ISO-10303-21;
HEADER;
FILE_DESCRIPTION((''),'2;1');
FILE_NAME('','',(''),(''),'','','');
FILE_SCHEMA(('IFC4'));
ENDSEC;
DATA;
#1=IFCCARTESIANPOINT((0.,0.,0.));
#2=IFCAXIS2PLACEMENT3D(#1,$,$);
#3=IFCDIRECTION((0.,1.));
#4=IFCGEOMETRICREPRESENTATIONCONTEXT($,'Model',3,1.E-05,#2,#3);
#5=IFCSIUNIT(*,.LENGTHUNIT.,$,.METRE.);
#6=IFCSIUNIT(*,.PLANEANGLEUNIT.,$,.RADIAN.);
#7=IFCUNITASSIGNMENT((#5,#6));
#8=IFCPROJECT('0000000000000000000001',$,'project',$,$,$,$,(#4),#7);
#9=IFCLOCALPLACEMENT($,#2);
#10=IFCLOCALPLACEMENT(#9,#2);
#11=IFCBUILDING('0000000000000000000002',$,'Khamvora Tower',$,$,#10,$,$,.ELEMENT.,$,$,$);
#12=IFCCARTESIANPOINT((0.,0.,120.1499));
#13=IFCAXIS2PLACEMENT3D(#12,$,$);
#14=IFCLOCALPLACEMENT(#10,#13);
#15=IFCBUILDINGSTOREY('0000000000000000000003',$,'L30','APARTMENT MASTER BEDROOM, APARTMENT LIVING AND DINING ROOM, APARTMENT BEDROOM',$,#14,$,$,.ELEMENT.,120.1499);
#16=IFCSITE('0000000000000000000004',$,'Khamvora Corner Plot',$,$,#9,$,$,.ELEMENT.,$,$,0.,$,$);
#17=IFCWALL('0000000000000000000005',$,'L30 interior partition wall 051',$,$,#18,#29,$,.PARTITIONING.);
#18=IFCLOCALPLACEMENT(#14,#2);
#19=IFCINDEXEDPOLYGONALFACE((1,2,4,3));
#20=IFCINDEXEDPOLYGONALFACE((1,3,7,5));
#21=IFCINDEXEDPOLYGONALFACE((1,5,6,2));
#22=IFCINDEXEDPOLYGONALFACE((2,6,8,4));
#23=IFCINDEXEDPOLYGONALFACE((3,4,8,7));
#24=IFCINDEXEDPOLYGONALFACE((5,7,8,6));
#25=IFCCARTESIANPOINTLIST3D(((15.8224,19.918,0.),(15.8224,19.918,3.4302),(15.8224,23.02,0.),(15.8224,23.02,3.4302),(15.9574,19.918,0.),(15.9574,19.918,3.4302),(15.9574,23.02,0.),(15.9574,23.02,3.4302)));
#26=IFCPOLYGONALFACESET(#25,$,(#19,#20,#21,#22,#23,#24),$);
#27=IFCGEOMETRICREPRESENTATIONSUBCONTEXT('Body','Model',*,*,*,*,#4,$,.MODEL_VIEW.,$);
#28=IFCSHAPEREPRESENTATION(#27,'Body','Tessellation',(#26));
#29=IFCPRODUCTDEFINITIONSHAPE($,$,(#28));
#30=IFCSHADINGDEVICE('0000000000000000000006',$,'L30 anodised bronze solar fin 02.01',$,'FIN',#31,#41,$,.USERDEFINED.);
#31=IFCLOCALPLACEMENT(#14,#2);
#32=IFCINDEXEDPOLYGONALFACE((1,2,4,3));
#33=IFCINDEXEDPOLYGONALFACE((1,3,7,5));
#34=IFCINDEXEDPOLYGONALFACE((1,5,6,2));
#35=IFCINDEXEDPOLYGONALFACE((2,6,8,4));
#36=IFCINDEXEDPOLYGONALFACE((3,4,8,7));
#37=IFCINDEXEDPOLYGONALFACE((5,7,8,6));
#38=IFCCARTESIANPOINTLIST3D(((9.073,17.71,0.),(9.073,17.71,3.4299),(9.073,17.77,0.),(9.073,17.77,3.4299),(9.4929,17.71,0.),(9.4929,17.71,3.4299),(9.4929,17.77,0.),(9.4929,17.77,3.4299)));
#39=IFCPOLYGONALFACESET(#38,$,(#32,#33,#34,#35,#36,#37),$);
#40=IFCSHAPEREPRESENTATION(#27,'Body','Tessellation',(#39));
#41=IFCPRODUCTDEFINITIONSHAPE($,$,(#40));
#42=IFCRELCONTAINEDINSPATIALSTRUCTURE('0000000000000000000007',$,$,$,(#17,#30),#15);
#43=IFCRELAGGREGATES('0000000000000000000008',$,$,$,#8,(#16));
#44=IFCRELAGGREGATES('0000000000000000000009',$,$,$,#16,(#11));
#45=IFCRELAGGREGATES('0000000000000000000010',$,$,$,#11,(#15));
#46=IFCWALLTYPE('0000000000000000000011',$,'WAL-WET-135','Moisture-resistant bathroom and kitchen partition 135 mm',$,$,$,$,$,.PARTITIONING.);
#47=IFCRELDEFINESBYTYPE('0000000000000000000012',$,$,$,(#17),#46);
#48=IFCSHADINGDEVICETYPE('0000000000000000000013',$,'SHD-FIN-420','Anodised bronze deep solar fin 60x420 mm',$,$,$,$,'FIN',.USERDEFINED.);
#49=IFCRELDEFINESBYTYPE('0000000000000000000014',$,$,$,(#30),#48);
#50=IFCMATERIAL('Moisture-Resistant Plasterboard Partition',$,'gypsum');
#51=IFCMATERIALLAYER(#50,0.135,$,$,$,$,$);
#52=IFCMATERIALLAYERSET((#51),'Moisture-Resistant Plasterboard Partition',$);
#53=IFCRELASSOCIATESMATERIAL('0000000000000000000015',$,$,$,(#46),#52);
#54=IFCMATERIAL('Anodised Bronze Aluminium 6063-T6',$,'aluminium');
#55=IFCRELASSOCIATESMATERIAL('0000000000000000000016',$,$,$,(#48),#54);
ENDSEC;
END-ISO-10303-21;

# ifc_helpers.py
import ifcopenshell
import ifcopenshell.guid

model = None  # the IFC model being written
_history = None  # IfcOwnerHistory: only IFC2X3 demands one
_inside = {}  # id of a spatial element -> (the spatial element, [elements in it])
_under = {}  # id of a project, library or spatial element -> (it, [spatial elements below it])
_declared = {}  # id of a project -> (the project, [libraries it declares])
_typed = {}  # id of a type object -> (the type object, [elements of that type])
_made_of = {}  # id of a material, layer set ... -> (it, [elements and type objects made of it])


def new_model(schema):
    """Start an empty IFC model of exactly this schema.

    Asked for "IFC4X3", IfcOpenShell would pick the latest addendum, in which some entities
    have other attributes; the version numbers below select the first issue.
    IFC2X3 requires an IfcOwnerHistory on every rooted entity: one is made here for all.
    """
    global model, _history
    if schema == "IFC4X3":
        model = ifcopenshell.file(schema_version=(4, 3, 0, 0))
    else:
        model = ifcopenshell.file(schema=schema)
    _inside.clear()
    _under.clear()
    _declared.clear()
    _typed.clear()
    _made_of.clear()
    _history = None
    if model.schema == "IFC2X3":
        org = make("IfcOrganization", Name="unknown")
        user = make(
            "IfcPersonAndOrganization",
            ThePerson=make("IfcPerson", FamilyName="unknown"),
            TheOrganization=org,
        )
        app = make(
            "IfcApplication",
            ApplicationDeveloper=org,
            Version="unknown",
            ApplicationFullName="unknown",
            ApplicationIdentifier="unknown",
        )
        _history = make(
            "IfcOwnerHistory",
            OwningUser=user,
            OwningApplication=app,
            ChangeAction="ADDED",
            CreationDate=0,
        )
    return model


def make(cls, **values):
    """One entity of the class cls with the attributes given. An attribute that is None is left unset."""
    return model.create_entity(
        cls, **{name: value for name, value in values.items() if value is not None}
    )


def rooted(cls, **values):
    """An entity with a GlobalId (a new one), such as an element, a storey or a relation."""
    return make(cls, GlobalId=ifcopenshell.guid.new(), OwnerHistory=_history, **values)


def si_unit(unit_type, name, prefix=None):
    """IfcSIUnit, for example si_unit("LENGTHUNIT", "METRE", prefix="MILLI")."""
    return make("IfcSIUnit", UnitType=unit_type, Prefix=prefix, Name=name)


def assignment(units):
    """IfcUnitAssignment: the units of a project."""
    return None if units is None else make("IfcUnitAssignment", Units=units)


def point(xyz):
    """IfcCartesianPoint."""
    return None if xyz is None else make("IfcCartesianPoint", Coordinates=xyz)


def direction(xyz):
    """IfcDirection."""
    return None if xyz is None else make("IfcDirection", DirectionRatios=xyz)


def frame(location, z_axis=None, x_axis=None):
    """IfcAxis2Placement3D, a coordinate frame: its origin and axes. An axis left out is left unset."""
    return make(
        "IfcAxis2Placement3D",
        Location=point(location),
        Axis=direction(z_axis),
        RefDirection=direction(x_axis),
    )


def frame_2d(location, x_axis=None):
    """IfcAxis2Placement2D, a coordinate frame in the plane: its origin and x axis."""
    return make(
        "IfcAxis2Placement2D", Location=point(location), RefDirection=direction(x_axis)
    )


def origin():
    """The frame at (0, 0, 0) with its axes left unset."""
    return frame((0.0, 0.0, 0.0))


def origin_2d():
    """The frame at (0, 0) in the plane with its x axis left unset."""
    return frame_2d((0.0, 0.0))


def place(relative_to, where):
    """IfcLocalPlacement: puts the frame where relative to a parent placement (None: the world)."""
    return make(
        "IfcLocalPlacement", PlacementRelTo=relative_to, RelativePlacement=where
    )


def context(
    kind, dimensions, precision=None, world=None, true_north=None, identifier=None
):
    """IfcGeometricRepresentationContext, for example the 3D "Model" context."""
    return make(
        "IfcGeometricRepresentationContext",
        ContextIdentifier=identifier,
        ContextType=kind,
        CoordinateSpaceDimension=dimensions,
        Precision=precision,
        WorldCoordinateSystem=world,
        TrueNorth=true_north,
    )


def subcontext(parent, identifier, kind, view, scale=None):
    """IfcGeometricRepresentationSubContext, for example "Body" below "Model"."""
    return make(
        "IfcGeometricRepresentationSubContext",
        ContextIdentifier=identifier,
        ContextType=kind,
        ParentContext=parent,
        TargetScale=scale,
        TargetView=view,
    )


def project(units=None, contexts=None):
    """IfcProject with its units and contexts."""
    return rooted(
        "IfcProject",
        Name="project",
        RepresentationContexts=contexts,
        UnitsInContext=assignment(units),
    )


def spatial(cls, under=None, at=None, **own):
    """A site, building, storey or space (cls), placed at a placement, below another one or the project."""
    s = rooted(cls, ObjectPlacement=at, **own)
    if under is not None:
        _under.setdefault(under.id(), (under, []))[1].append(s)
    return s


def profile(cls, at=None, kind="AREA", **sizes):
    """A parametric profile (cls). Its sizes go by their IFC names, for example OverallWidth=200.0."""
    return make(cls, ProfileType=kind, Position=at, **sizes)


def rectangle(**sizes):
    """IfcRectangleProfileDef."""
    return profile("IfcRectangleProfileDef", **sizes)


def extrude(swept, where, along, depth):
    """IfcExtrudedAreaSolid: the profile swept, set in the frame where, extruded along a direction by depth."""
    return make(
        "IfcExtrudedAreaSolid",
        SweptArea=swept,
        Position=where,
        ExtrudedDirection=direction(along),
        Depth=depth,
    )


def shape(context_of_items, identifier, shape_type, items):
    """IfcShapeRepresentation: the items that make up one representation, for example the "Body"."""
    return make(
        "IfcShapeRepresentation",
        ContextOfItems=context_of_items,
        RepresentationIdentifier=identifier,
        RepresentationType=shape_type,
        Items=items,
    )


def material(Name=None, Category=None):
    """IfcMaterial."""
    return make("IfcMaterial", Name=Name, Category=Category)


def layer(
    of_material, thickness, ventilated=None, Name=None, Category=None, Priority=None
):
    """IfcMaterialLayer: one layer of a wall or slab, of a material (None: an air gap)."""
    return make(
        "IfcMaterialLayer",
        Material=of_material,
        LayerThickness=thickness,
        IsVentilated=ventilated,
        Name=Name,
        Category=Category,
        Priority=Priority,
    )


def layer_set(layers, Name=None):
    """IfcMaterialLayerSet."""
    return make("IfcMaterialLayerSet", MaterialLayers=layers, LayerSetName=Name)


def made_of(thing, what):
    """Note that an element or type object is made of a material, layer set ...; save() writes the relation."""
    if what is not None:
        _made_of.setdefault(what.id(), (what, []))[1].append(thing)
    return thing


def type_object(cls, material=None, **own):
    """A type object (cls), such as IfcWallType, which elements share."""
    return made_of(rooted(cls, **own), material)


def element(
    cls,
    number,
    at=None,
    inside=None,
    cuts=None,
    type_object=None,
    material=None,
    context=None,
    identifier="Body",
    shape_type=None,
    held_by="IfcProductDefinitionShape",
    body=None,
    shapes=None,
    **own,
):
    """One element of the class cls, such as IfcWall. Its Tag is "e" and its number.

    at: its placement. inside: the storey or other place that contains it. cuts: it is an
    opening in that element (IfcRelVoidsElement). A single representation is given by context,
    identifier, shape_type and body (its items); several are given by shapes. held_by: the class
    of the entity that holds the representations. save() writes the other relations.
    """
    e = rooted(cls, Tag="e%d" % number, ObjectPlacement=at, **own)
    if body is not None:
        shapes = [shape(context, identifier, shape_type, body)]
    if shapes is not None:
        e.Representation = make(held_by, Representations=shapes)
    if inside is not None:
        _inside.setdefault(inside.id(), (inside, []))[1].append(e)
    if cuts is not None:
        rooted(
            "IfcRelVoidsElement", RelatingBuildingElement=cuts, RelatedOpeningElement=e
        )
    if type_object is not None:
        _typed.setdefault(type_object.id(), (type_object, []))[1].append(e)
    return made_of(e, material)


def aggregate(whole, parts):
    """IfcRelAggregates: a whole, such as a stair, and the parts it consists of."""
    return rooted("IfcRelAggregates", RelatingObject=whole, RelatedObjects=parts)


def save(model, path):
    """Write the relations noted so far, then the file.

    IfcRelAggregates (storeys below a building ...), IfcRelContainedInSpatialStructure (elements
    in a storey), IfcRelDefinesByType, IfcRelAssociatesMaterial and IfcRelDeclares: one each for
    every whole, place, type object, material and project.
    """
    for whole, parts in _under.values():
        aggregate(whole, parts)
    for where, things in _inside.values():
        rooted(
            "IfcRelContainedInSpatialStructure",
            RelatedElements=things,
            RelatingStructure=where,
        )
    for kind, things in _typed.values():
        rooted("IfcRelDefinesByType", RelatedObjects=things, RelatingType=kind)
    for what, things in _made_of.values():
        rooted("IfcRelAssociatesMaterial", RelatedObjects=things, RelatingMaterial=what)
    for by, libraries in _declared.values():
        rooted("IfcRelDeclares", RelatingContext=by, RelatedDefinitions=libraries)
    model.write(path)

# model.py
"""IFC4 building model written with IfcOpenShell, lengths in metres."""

from ifc_helpers import new_model, si_unit, direction, frame, frame_2d, origin, origin_2d, place, context, subcontext, project, spatial, rectangle, extrude, material, layer, layer_set, type_object, element, save


model = new_model("IFC4")

# Units and contexts
model_context = context("Model", 3, precision=1e-05, world=origin(), true_north=direction((0.0, 1.0)))
body_context = subcontext(model_context, "Body", "Model", "MODEL_VIEW")
ifc_project = project(units=[si_unit("LENGTHUNIT", "METRE"), si_unit("PLANEANGLEUNIT", "RADIAN")], contexts=[model_context])

# Site, building, storey
site_placement = place(None, origin())
site = spatial("IfcSite", under=ifc_project, at=site_placement, Name="Khamvora Corner Plot", CompositionType="ELEMENT", RefElevation=0.0)
building_placement = place(site_placement, origin())
building = spatial("IfcBuilding", under=site, at=building_placement, Name="Khamvora Tower", CompositionType="ELEMENT")
storey_placement = place(building_placement, frame((0.0, 0.0, 120.1499)))
storey = spatial("IfcBuildingStorey", under=building, at=storey_placement, Name="L30", Description="APARTMENT MASTER BEDROOM, APARTMENT LIVING AND DINING ROOM, APARTMENT BEDROOM", CompositionType="ELEMENT", Elevation=120.1499)

# Shared definitions
ifc_material_1 = material(Name="Moisture-Resistant Plasterboard Partition", Category="gypsum")
ifc_layer_1 = layer(ifc_material_1, 0.135)
ifc_layer_set_1 = layer_set([ifc_layer_1], Name="Moisture-Resistant Plasterboard Partition")
wall_type_1 = type_object("IfcWallType", Name="WAL-WET-135", Description="Moisture-resistant bathroom and kitchen partition 135 mm", PredefinedType="PARTITIONING", material=ifc_layer_set_1)

# Wall
wall_1_placement = place(storey_placement, frame((15.8899, 19.918, 0.0), z_axis=(0.0, 0.0, 1.0), x_axis=(0.0, 1.0, 0.0)))
element("IfcWall", 1, at=wall_1_placement, inside=storey, type_object=wall_type_1, Name="L30 interior partition wall 051", PredefinedType="PARTITIONING", context=body_context, shape_type="SweptSolid", body=[
    extrude(rectangle(XDim=3.1021, YDim=0.135, at=frame_2d((1.551, 0.0))), origin(), (0.0, 0.0, 1.0), 3.4302),
])

# Shading device
ifc_material_2 = material(Name="Anodised Bronze Aluminium 6063-T6", Category="aluminium")
shading_device_type = type_object("IfcShadingDeviceType", Name="SHD-FIN-420", Description="Anodised bronze deep solar fin 60x420 mm", ElementType="FIN", PredefinedType="USERDEFINED", material=ifc_material_2)
shading_device_placement = place(storey_placement, frame((9.283, 17.74, 0.0), z_axis=(0.0, 0.0, 1.0), x_axis=(0.0, 1.0, 0.0)))
element("IfcShadingDevice", 2, at=shading_device_placement, inside=storey, type_object=shading_device_type, Name="L30 anodised bronze solar fin 02.01", ObjectType="FIN", PredefinedType="USERDEFINED", context=body_context, shape_type="SweptSolid", body=[
    extrude(rectangle(XDim=0.0601, YDim=0.4199, at=origin_2d()), origin(), (0.0, 0.0, 1.0), 3.4299),
])

save(model, "model.ifc")
